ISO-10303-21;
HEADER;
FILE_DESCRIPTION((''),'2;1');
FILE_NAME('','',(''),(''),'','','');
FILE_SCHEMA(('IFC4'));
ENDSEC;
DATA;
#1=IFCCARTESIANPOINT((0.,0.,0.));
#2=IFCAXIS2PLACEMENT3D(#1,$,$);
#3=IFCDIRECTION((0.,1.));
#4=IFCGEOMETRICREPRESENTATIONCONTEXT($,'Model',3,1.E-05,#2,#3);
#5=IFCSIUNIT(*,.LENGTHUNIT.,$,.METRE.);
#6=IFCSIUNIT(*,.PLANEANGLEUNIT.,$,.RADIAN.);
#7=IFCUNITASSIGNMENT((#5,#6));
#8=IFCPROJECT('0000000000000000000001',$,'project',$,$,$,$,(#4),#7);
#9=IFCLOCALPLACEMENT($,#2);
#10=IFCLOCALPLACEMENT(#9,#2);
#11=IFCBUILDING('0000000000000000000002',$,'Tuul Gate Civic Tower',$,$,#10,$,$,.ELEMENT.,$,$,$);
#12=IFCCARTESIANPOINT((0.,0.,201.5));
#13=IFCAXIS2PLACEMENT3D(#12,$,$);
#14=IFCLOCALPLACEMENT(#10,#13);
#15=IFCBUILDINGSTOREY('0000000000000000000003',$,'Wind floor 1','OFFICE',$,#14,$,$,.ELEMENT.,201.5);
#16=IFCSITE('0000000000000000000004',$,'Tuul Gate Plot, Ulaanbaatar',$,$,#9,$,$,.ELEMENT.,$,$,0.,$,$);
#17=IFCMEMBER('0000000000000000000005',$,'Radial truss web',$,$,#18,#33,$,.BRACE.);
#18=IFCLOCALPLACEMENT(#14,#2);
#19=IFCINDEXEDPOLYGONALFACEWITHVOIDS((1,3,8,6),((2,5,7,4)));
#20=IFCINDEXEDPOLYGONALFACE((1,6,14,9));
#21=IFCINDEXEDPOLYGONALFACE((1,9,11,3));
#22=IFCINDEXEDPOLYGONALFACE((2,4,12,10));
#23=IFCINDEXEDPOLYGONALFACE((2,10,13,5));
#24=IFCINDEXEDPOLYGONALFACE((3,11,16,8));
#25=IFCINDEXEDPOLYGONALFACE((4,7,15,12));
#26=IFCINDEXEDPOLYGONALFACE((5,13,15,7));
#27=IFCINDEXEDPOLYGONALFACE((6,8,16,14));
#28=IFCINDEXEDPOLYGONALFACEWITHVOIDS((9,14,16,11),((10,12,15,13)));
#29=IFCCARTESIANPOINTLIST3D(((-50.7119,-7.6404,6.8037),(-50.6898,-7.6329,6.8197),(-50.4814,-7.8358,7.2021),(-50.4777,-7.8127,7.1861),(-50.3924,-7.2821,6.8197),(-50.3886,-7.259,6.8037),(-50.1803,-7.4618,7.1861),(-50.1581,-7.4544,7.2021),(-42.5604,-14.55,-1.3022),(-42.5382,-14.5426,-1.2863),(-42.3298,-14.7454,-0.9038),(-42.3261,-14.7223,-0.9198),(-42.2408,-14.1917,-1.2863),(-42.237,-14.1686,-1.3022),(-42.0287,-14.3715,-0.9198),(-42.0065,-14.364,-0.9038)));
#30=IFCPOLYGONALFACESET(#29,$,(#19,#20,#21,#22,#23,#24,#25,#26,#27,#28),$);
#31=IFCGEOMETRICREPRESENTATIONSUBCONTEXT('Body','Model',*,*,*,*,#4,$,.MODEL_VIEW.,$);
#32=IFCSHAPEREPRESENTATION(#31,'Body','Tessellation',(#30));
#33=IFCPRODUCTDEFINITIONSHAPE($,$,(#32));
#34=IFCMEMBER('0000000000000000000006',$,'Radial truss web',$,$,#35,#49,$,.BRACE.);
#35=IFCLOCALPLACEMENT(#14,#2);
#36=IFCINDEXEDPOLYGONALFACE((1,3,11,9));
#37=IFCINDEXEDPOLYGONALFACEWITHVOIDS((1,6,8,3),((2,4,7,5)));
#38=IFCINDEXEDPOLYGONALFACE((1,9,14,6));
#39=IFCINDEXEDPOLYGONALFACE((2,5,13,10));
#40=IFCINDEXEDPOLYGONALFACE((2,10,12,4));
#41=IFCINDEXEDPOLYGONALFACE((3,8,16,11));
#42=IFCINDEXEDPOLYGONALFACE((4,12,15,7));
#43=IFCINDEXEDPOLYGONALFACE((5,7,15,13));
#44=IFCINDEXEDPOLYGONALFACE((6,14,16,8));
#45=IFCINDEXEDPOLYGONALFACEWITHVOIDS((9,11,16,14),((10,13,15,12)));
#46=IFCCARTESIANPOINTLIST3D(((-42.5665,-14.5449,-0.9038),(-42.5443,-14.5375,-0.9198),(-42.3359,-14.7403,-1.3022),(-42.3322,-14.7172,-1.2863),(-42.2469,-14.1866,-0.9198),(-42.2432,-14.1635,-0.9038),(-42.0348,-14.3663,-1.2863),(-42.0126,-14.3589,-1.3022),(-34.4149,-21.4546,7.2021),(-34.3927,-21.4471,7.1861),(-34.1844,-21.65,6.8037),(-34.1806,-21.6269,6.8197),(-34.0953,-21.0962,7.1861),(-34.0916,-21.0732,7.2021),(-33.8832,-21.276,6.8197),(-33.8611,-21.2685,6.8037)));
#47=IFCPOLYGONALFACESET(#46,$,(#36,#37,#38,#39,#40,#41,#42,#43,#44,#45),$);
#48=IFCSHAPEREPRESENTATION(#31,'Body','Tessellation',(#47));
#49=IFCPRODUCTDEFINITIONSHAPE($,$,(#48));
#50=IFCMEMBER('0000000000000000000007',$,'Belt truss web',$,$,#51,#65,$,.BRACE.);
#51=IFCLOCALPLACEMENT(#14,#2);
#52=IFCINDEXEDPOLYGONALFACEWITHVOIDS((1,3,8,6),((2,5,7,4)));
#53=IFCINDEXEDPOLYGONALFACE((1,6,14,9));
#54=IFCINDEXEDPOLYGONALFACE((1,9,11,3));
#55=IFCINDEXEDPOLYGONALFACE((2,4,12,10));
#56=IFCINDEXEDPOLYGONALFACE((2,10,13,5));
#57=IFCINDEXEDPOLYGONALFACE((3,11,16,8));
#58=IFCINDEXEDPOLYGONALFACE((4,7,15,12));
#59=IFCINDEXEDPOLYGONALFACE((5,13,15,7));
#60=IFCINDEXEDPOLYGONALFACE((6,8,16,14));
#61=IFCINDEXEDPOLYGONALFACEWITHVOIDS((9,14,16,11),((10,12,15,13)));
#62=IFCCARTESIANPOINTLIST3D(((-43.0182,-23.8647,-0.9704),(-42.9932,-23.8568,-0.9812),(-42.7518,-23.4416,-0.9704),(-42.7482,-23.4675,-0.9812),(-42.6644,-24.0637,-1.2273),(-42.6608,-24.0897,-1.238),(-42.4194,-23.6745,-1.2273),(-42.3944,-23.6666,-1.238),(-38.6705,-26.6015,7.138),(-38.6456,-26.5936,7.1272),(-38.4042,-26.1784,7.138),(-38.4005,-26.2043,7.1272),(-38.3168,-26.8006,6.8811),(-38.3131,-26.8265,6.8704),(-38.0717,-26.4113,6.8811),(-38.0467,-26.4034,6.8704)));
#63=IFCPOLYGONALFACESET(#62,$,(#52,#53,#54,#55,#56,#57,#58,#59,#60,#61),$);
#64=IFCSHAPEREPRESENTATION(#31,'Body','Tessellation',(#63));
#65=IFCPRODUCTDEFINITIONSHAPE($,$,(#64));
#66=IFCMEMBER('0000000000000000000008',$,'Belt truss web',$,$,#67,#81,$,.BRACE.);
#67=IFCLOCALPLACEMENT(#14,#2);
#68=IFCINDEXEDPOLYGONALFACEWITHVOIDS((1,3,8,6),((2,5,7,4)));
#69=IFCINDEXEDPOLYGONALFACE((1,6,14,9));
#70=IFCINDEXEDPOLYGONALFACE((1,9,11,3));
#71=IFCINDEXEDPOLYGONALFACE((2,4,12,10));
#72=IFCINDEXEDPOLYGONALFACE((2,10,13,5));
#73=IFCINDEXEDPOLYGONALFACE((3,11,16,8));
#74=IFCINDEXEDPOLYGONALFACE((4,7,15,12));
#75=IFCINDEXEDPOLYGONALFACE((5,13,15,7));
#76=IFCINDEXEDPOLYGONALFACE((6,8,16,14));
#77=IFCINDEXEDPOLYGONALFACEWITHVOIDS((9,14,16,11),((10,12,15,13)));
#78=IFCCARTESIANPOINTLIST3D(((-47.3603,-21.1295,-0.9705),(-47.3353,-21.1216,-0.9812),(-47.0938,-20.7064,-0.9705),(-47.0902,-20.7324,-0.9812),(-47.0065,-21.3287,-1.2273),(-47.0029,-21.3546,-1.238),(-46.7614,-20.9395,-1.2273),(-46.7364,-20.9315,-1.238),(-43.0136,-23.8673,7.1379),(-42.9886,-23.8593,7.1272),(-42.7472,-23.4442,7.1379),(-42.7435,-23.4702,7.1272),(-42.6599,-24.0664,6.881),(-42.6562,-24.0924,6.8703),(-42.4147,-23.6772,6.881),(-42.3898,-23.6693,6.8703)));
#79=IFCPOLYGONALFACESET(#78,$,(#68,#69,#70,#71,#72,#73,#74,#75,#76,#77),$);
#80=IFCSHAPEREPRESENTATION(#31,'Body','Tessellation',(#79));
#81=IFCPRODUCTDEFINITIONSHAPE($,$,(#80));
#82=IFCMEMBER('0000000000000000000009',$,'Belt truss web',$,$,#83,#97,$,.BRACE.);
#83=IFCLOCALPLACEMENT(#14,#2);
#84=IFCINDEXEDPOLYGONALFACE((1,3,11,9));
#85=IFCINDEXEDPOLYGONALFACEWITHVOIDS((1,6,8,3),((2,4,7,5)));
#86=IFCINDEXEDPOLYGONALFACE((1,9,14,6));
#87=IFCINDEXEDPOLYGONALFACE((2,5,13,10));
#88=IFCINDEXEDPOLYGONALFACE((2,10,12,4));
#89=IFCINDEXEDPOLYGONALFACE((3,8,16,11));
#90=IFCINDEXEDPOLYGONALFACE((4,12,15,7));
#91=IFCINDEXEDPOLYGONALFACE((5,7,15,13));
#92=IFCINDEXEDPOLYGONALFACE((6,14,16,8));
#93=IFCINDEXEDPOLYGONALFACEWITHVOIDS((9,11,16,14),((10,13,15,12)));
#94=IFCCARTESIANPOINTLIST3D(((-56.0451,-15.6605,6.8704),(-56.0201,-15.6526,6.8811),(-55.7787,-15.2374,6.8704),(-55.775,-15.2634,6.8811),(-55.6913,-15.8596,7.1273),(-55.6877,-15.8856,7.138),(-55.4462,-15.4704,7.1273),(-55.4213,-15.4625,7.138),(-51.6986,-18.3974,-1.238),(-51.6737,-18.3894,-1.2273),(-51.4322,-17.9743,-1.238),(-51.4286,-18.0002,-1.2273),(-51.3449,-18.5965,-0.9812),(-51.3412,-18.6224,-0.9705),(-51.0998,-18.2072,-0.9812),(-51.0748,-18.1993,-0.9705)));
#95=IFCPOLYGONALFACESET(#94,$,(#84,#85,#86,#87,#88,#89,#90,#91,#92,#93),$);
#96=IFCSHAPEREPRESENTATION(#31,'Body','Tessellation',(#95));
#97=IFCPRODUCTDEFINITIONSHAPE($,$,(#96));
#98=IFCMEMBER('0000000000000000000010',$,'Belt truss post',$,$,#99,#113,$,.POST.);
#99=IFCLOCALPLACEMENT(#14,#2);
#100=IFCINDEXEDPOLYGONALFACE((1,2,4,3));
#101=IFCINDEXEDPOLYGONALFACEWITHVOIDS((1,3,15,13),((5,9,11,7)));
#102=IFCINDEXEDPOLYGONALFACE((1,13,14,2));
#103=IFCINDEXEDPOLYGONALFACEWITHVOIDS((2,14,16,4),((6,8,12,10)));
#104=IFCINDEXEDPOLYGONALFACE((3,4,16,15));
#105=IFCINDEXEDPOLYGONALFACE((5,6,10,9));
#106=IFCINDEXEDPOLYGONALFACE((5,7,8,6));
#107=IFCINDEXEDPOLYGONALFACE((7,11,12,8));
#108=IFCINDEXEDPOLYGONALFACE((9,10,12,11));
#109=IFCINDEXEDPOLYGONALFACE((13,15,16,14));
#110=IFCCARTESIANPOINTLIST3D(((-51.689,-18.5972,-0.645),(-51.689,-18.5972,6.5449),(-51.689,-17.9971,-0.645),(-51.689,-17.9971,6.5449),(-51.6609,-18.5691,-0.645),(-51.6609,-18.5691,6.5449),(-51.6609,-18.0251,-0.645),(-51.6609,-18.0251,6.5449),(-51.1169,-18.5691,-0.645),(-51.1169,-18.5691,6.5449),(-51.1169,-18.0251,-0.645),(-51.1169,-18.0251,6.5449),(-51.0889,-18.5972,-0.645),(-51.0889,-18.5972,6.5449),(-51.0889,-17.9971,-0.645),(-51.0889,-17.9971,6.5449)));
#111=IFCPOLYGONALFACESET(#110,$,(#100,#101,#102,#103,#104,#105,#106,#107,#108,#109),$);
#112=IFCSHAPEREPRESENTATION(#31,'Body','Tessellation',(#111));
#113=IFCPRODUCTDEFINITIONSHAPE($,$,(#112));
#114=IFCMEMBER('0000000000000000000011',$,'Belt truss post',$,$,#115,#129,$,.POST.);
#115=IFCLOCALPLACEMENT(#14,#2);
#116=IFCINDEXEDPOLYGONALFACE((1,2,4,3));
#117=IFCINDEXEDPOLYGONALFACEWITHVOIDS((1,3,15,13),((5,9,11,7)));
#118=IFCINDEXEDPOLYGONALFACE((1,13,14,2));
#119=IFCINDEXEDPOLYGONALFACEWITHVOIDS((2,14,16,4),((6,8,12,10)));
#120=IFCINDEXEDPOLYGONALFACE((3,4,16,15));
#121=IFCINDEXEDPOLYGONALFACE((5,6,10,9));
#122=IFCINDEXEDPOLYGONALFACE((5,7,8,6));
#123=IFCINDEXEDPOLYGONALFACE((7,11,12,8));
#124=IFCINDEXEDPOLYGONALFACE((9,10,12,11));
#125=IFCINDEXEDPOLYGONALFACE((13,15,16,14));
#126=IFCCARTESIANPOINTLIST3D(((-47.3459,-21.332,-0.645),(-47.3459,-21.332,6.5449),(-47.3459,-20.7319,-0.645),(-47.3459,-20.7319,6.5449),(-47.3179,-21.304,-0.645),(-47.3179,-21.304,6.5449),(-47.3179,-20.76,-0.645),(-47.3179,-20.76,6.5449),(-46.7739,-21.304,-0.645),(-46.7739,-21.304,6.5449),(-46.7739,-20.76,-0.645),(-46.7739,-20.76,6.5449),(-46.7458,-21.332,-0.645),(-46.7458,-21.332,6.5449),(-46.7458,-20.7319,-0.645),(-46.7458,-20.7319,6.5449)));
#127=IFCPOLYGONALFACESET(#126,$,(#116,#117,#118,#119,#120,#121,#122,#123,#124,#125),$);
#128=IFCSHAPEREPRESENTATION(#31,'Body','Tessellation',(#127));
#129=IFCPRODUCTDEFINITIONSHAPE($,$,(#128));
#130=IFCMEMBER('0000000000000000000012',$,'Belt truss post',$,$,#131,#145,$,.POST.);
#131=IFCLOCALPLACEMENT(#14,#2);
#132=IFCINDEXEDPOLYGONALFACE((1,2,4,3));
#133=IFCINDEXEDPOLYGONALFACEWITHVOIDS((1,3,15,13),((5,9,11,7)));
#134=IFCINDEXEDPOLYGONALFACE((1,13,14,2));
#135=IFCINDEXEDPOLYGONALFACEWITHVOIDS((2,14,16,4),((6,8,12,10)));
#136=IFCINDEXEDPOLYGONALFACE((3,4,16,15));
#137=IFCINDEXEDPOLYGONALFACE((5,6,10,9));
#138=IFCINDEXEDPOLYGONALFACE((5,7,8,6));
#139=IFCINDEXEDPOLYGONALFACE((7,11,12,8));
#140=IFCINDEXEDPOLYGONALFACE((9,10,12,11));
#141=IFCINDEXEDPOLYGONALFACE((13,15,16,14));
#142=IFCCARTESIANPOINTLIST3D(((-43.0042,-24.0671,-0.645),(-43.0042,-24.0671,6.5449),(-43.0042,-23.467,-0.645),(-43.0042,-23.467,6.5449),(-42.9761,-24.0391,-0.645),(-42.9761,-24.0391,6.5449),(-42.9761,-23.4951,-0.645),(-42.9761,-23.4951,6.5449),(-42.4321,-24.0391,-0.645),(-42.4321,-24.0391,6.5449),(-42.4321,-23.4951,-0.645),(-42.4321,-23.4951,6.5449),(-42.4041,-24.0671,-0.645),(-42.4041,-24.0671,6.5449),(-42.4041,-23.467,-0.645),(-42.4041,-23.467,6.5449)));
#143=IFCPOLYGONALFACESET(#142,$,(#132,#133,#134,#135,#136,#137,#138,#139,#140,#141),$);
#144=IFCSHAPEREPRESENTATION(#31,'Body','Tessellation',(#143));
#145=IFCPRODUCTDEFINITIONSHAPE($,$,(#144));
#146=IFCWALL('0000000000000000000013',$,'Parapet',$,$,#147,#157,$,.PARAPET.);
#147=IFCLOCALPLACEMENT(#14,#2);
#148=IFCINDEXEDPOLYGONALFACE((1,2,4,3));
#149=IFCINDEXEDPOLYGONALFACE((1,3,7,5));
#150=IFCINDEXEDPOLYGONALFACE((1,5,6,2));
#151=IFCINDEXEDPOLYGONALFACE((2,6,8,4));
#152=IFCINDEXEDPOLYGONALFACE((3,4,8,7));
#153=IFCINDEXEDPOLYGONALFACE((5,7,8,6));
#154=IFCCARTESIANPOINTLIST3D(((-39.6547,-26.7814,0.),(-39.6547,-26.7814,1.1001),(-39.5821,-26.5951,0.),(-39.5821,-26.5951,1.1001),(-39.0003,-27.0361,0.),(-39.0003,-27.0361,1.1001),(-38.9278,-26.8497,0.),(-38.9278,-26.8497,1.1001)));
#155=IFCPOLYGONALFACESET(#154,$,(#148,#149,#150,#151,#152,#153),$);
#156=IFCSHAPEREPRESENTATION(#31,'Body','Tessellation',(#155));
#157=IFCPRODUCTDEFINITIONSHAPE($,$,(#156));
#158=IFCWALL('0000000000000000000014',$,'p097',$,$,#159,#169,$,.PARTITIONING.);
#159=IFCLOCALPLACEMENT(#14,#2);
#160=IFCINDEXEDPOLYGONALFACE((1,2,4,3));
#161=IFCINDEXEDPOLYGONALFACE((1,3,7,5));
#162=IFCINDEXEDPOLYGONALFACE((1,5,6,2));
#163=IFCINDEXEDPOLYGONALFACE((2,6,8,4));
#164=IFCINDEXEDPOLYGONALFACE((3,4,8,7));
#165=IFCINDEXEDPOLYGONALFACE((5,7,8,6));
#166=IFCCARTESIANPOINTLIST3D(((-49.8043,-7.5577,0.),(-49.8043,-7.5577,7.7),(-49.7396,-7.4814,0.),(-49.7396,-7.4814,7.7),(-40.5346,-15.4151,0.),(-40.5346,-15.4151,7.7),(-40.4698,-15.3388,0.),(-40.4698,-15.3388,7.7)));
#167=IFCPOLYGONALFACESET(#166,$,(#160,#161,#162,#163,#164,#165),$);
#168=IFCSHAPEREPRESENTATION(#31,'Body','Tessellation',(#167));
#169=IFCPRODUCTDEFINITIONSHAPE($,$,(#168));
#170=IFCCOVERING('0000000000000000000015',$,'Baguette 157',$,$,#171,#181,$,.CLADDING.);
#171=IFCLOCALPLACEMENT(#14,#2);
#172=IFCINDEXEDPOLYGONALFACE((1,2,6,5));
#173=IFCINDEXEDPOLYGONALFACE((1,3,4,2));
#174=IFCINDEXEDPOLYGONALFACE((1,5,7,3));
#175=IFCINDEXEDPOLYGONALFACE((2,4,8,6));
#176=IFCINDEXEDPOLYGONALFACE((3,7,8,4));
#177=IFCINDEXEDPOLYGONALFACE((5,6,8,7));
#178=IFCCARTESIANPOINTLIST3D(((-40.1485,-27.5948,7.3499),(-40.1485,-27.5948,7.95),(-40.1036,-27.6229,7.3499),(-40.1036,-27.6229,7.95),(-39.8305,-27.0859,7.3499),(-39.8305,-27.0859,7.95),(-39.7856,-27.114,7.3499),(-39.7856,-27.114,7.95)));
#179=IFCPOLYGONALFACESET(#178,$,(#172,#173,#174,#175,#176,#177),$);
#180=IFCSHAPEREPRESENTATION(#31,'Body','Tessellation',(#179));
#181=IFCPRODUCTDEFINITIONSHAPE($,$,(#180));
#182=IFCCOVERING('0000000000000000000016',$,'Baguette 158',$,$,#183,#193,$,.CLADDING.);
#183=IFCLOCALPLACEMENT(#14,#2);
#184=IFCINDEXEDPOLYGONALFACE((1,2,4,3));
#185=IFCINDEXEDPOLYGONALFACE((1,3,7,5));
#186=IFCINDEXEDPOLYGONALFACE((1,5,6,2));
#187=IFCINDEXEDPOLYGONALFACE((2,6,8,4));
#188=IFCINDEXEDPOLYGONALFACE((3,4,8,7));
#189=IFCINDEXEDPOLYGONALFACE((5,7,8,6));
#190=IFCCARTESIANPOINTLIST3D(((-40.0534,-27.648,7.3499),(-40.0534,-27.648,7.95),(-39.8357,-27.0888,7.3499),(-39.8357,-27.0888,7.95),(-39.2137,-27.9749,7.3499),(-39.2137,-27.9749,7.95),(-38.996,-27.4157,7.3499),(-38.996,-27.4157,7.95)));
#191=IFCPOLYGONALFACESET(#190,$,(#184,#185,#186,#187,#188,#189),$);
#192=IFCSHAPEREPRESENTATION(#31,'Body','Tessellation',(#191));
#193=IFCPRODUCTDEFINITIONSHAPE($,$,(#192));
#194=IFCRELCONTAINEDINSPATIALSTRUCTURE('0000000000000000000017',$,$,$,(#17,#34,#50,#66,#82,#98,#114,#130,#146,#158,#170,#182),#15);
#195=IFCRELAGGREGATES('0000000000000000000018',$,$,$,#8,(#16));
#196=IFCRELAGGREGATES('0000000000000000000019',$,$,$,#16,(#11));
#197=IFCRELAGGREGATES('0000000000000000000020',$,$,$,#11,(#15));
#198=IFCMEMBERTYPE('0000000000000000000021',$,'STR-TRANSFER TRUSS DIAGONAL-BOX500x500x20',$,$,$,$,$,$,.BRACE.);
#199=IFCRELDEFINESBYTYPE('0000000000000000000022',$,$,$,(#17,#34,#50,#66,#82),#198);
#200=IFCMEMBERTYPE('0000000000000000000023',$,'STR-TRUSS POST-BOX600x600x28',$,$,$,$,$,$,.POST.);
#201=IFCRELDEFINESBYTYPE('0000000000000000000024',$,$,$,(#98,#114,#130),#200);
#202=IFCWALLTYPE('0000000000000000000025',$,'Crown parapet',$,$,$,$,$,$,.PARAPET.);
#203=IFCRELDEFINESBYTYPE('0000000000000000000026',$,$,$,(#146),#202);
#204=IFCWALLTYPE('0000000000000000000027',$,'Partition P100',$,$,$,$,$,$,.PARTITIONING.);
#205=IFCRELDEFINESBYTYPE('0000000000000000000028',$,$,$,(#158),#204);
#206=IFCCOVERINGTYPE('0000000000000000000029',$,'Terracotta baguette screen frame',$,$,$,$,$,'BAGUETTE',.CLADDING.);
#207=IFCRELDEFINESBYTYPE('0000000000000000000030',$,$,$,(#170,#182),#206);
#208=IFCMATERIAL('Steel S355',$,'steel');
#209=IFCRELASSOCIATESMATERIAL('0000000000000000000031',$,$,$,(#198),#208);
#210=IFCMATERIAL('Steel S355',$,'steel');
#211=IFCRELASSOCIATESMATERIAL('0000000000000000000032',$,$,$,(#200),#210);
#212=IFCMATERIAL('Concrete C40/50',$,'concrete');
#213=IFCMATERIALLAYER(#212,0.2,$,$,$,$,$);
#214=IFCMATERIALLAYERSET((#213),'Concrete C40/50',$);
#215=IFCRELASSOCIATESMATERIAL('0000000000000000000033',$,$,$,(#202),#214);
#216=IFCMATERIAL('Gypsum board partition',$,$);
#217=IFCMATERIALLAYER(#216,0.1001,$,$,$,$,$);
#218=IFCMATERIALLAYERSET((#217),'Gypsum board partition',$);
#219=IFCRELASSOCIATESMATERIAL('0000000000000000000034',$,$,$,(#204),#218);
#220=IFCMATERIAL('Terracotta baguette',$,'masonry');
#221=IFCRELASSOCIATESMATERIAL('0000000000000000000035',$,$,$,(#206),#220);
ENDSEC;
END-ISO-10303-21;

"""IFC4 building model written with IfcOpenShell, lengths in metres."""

from ifc_helpers import new_model, si_unit, direction, frame, frame_2d, origin, origin_2d, place, context, subcontext, project, spatial, rectangle, hollow_rectangle, extrude, material, layer, layer_set, material_profile, profile_set, type_object, element, save


model = new_model("IFC4")

# Units and contexts
model_context = context("Model", 3, precision=1e-05, world=origin(), true_north=direction((0.0, 1.0)))
body_context = subcontext(model_context, "Body", "Model", "MODEL_VIEW")
ifc_project = project(units=[si_unit("LENGTHUNIT", "METRE"), si_unit("PLANEANGLEUNIT", "RADIAN")], contexts=[model_context])

# Site, building, storey
site_placement = place(None, origin())
site = spatial("IfcSite", under=ifc_project, at=site_placement, Name="Tuul Gate Plot, Ulaanbaatar", CompositionType="ELEMENT", RefElevation=0.0)
building_placement = place(site_placement, origin())
building = spatial("IfcBuilding", under=site, at=building_placement, Name="Tuul Gate Civic Tower", CompositionType="ELEMENT")
storey_placement = place(building_placement, frame((0.0, 0.0, 201.5)))
storey = spatial("IfcBuildingStorey", under=building, at=storey_placement, Name="Wind floor 1", Description="OFFICE", CompositionType="ELEMENT", Elevation=201.5)

# Members
ifc_material_1 = material(Name="Steel S355", Category="steel")
ifc_material_profile_1 = material_profile(ifc_material_1, hollow_rectangle(XDim=0.5, YDim=0.5, WallThickness=0.02, at=origin_2d()), Name="BOX500x500x20")
ifc_profile_set_1 = profile_set([ifc_material_profile_1], Name="Steel S355")
member_type_1 = type_object("IfcMemberType", Name="STR-TRANSFER TRUSS DIAGONAL-BOX500x500x20", PredefinedType="BRACE", material=ifc_profile_set_1)
for number, where, z_axis, x_axis, name in (
    (1, (-42.2834, -14.457, -1.103), (-0.607756, 0.515161, 0.604352), (-0.646605, -0.762825, 0.0), "Radial truss web"),
    (2, (-42.2896, -14.4519, -1.103), (0.607756, -0.515161, 0.604352), (0.646605, 0.762825, 0.0), "Radial truss web"),
):
    element("IfcMember", number, at=place(storey_placement, frame(where, z_axis=z_axis, x_axis=x_axis)), inside=storey, type_object=member_type_1, Name=name, PredefinedType="BRACE", context=body_context, shape_type="SweptSolid", body=[
        extrude(hollow_rectangle(XDim=0.5, YDim=0.5, WallThickness=0.02, at=origin_2d()), origin(), (0.0, 0.0, 1.0), 13.4126),
    ])
member_1_placement = place(storey_placement, frame((-42.7063, -23.7656, -1.1042), z_axis=(0.452934, -0.285118, 0.844724), x_axis=(0.53273, 0.846285, 0.0)))
element("IfcMember", 3, at=member_1_placement, inside=storey, type_object=member_type_1, Name="Belt truss web", PredefinedType="BRACE", context=body_context, shape_type="SweptSolid", body=[
    extrude(hollow_rectangle(XDim=0.5, YDim=0.5, WallThickness=0.02, at=origin_2d()), origin(), (0.0, 0.0, 1.0), 9.5989),
])
member_2_placement = place(storey_placement, frame((-47.0483, -21.0305, -1.1042), z_axis=(0.45284, -0.285225, 0.844738), x_axis=(0.532952, 0.846146, 0.0)))
element("IfcMember", 4, at=member_2_placement, inside=storey, type_object=member_type_1, Name="Belt truss web", PredefinedType="BRACE", context=body_context, shape_type="SweptSolid", body=[
    extrude(hollow_rectangle(XDim=0.5, YDim=0.5, WallThickness=0.02, at=origin_2d()), origin(), (0.0, 0.0, 1.0), 9.5986),
])
member_3_placement = place(storey_placement, frame((-51.3867, -18.2983, -1.1042), z_axis=(-0.452833, 0.285135, 0.844772), x_axis=(-0.532837, -0.846218, 0.0)))
element("IfcMember", 5, at=member_3_placement, inside=storey, type_object=member_type_1, Name="Belt truss web", PredefinedType="BRACE", context=body_context, shape_type="SweptSolid", body=[
    extrude(hollow_rectangle(XDim=0.5, YDim=0.5, WallThickness=0.02, at=origin_2d()), origin(), (0.0, 0.0, 1.0), 9.5984),
])
ifc_material_2 = material(Name="Steel S355", Category="steel")
ifc_material_profile_2 = material_profile(ifc_material_2, hollow_rectangle(XDim=0.6001, YDim=0.6001, WallThickness=0.0281, at=origin_2d()), Name="BOX600x600x28")
ifc_profile_set_2 = profile_set([ifc_material_profile_2], Name="Steel S355")
member_type_2 = type_object("IfcMemberType", Name="STR-TRUSS POST-BOX600x600x28", PredefinedType="POST", material=ifc_profile_set_2)
for number, where, z_axis, x_axis, name in (
    (6, (-51.3889, -18.2971, -0.645), (0.0, 0.0, 1.0), (1.0, 0.0, 0.0), "Belt truss post"),
    (7, (-47.0459, -21.032, -0.645), (0.0, 0.0, 1.0), (1.0, 0.0, 0.0), "Belt truss post"),
    (8, (-42.7041, -23.7671, -0.645), (0.0, 0.0, 1.0), (1.0, 0.0, 0.0), "Belt truss post"),
):
    element("IfcMember", number, at=place(storey_placement, frame(where, z_axis=z_axis, x_axis=x_axis)), inside=storey, type_object=member_type_2, Name=name, PredefinedType="POST", context=body_context, shape_type="SweptSolid", body=[
        extrude(hollow_rectangle(XDim=0.6001, YDim=0.6001, WallThickness=0.0281, at=origin_2d()), origin(), (0.0, 0.0, 1.0), 7.1899),
    ])

# Walls
ifc_material_3 = material(Name="Concrete C40/50", Category="concrete")
ifc_layer_1 = layer(ifc_material_3, 0.2)
ifc_layer_set_1 = layer_set([ifc_layer_1], Name="Concrete C40/50")
wall_type_1 = type_object("IfcWallType", Name="Crown parapet", PredefinedType="PARAPET", material=ifc_layer_set_1)
wall_1_placement = place(storey_placement, frame((-39.6184, -26.6882, 0.0), z_axis=(0.0, 0.0, 1.0), x_axis=(0.931913, -0.362681, 0.0)))
element("IfcWall", 9, at=wall_1_placement, inside=storey, type_object=wall_type_1, Name="Parapet", PredefinedType="PARAPET", context=body_context, shape_type="SweptSolid", body=[
    extrude(rectangle(XDim=0.7021, YDim=0.2, at=frame_2d((0.3511, 0.0))), origin(), (0.0, 0.0, 1.0), 1.1001),
])
ifc_material_4 = material(Name="Gypsum board partition")
ifc_layer_2 = layer(ifc_material_4, 0.1001)
ifc_layer_set_2 = layer_set([ifc_layer_2], Name="Gypsum board partition")
wall_type_2 = type_object("IfcWallType", Name="Partition P100", PredefinedType="PARTITIONING", material=ifc_layer_set_2)
wall_2_placement = place(storey_placement, frame((-40.5022, -15.377, 0.0), z_axis=(0.0, 0.0, 1.0), x_axis=(-0.762827, 0.646602, 0.0)))
element("IfcWall", 10, at=wall_2_placement, inside=storey, type_object=wall_type_2, Name="p097", PredefinedType="PARTITIONING", context=body_context, shape_type="SweptSolid", body=[
    extrude(rectangle(XDim=12.1519, YDim=0.1001, at=frame_2d((6.0759, 0.0))), origin(), (0.0, 0.0, 1.0), 7.7),
])

# Coverings
ifc_material_5 = material(Name="Terracotta baguette", Category="masonry")
ifc_material_profile_3 = material_profile(ifc_material_5, rectangle(XDim=0.6001, YDim=0.6001, at=origin_2d()), Name="Terracotta baguette screen frame")
ifc_profile_set_3 = profile_set([ifc_material_profile_3], Name="Terracotta baguette")
covering_type = type_object("IfcCoveringType", Name="Terracotta baguette screen frame", ElementType="BAGUETTE", PredefinedType="CLADDING", material=ifc_profile_set_3)
covering_1_placement = place(storey_placement, frame((-39.9895, -27.3403, 7.6499), z_axis=(0.847998, -0.529999, 0.0), x_axis=(0.529999, 0.847998, 0.0)))
element("IfcCovering", 11, at=covering_1_placement, inside=storey, type_object=covering_type, Name="Baguette 157", PredefinedType="CLADDING", context=body_context, shape_type="SweptSolid", body=[
    extrude(rectangle(XDim=0.6001, YDim=0.6001, at=origin_2d()), origin(), (0.0, 0.0, 1.0), 0.053),
])
covering_2_placement = place(storey_placement, frame((-39.9446, -27.3684, 7.6499), z_axis=(0.931893, -0.362734, 0.0), x_axis=(0.362734, 0.931893, 0.0)))
element("IfcCovering", 12, at=covering_2_placement, inside=storey, type_object=covering_type, Name="Baguette 158", PredefinedType="CLADDING", context=body_context, shape_type="SweptSolid", body=[
    extrude(rectangle(XDim=0.6001, YDim=0.6001, at=origin_2d()), origin(), (0.0, 0.0, 1.0), 0.9011),
])

save(model, "model.ifc")
